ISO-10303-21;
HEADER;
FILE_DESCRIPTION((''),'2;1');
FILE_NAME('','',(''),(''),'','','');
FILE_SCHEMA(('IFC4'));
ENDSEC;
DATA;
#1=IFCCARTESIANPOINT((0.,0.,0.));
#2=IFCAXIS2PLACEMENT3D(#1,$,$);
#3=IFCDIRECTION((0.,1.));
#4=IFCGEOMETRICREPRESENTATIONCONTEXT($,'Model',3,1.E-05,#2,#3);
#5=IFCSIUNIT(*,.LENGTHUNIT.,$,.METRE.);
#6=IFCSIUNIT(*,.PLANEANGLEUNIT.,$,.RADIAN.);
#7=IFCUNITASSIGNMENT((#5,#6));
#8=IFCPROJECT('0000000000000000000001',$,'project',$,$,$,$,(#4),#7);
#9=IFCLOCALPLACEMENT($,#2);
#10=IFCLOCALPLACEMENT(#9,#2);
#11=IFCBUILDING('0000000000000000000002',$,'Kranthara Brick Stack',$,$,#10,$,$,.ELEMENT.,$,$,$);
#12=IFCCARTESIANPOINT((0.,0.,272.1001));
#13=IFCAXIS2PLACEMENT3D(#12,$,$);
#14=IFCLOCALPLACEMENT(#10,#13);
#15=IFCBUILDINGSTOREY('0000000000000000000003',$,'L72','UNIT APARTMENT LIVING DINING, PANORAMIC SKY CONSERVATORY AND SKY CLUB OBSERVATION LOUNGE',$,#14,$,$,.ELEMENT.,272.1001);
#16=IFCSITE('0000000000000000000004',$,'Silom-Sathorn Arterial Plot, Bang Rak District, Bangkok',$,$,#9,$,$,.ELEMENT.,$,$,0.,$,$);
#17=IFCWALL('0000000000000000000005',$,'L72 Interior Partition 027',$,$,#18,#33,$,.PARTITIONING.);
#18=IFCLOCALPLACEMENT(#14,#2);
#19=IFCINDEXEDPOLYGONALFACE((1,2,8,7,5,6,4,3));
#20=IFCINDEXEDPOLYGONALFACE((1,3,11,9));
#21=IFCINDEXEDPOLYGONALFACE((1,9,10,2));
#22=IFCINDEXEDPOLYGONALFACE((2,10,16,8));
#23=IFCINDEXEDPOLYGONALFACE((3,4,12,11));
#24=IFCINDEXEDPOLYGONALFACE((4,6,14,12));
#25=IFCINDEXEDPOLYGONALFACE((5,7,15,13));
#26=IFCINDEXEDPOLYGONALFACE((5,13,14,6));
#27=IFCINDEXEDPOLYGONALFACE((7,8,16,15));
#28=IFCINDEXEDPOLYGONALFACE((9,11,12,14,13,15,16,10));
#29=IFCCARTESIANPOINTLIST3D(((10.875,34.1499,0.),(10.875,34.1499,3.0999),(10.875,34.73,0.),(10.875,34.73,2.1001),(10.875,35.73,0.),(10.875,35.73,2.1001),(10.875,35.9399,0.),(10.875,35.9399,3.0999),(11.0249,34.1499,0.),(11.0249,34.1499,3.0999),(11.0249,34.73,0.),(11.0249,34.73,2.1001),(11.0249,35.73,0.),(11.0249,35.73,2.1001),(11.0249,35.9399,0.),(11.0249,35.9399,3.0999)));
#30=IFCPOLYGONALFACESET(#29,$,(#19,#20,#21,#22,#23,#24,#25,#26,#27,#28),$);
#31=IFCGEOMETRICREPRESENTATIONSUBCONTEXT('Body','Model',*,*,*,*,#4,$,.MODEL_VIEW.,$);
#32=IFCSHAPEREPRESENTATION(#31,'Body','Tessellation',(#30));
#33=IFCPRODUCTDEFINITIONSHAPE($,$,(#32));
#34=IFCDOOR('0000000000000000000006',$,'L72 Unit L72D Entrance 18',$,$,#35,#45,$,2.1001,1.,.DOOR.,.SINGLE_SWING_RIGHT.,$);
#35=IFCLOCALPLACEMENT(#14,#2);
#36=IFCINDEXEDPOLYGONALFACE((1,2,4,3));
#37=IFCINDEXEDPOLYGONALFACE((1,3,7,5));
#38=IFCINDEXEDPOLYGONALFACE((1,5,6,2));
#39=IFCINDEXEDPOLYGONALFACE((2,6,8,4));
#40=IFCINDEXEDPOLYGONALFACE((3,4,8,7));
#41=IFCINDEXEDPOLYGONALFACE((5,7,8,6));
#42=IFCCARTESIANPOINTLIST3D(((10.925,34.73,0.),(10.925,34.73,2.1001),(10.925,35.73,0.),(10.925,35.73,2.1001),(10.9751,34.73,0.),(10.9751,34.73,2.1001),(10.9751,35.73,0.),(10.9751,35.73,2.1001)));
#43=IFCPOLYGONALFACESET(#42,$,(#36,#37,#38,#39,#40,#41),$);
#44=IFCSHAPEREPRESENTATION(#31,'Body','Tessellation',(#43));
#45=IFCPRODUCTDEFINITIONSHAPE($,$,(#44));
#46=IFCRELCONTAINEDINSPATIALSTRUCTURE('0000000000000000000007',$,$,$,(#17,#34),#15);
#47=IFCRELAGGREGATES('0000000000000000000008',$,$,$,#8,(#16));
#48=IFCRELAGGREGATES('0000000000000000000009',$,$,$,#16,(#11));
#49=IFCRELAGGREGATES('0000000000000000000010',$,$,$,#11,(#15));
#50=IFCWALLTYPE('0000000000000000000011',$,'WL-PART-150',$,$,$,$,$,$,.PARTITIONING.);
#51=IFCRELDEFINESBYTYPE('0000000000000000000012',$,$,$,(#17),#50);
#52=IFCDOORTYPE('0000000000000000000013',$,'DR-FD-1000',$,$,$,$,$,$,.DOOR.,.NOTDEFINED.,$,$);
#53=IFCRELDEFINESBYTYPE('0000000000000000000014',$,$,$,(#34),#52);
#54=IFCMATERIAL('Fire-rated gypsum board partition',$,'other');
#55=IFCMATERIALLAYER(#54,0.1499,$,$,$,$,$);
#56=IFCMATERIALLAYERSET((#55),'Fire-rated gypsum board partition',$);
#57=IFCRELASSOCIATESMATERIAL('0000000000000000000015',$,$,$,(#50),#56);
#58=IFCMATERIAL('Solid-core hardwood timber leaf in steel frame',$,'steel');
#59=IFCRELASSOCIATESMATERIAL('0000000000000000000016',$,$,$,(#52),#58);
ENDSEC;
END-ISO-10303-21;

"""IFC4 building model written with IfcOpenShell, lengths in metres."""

from ifc_helpers import new_model, si_unit, direction, frame, frame_2d, origin, place, context, subcontext, project, spatial, rectangle, extrude, material, layer, layer_set, type_object, element, fill, save


model = new_model("IFC4")

# Units and contexts
model_context = context("Model", 3, precision=1e-05, world=origin(), true_north=direction((0.0, 1.0)))
body_context = subcontext(model_context, "Body", "Model", "MODEL_VIEW")
ifc_project = project(units=[si_unit("LENGTHUNIT", "METRE"), si_unit("PLANEANGLEUNIT", "RADIAN")], contexts=[model_context])

# Site, building, storey
site_placement = place(None, origin())
site = spatial("IfcSite", under=ifc_project, at=site_placement, Name="Silom-Sathorn Arterial Plot, Bang Rak District, Bangkok", CompositionType="ELEMENT", RefElevation=0.0)
building_placement = place(site_placement, origin())
building = spatial("IfcBuilding", under=site, at=building_placement, Name="Kranthara Brick Stack", CompositionType="ELEMENT")
storey_placement = place(building_placement, frame((0.0, 0.0, 272.1001)))
storey = spatial("IfcBuildingStorey", under=building, at=storey_placement, Name="L72", Description="UNIT APARTMENT LIVING DINING, PANORAMIC SKY CONSERVATORY AND SKY CLUB OBSERVATION LOUNGE", CompositionType="ELEMENT", Elevation=272.1001)

# Shared definitions
ifc_material_1 = material(Name="Fire-rated gypsum board partition", Category="other")
ifc_layer_1 = layer(ifc_material_1, 0.1499)
ifc_layer_set_1 = layer_set([ifc_layer_1], Name="Fire-rated gypsum board partition")
wall_type_1 = type_object("IfcWallType", Name="WL-PART-150", PredefinedType="PARTITIONING", material=ifc_layer_set_1)
ifc_material_2 = material(Name="Solid-core hardwood timber leaf in steel frame", Category="steel")
door_type = type_object("IfcDoorType", Name="DR-FD-1000", OperationType="NOTDEFINED", PredefinedType="DOOR", material=ifc_material_2)

# Wall, opening, door
wall_1_placement = place(storey_placement, frame((10.95, 34.1499, 0.0), z_axis=(0.0, 0.0, 1.0), x_axis=(0.0, 1.0, 0.0)))
wall_1 = element("IfcWall", 1, at=wall_1_placement, inside=storey, type_object=wall_type_1, Name="L72 Interior Partition 027", PredefinedType="PARTITIONING", context=body_context, shape_type="SweptSolid", body=[
    extrude(rectangle(XDim=1.79, YDim=0.1499, at=frame_2d((0.895, 0.0))), origin(), (0.0, 0.0, 1.0), 3.0999),
])
opening_1_placement = place(wall_1_placement, frame((0.5801, 0.0, 0.0)))
opening_1 = element("IfcOpeningElement", 2, at=opening_1_placement, cuts=wall_1, PredefinedType="OPENING", context=body_context, shape_type="SweptSolid", body=[
    extrude(rectangle(XDim=1.0, YDim=2.1001, at=frame_2d((0.5, 1.05))), frame((0.0, 0.085, 0.0), z_axis=(0.0, -1.0, 0.0), x_axis=(1.0, 0.0, 0.0)), (0.0, 0.0, 1.0), 0.1699),
])
door_1_placement = place(opening_1_placement, origin())
door_1 = element("IfcDoor", 3, at=door_1_placement, inside=storey, type_object=door_type, Name="L72 Unit L72D Entrance 18", OperationType="SINGLE_SWING_RIGHT", OverallHeight=2.1001, OverallWidth=1.0, PredefinedType="DOOR", context=body_context, shape_type="SweptSolid", body=[
    extrude(rectangle(XDim=1.0, YDim=2.1001, at=frame_2d((0.5, 1.05))), frame((0.0, 0.0249, 0.0), z_axis=(0.0, -1.0, 0.0), x_axis=(1.0, 0.0, 0.0)), (0.0, 0.0, 1.0), 0.05),
])
fill(opening_1, door_1)

save(model, "model.ifc")
